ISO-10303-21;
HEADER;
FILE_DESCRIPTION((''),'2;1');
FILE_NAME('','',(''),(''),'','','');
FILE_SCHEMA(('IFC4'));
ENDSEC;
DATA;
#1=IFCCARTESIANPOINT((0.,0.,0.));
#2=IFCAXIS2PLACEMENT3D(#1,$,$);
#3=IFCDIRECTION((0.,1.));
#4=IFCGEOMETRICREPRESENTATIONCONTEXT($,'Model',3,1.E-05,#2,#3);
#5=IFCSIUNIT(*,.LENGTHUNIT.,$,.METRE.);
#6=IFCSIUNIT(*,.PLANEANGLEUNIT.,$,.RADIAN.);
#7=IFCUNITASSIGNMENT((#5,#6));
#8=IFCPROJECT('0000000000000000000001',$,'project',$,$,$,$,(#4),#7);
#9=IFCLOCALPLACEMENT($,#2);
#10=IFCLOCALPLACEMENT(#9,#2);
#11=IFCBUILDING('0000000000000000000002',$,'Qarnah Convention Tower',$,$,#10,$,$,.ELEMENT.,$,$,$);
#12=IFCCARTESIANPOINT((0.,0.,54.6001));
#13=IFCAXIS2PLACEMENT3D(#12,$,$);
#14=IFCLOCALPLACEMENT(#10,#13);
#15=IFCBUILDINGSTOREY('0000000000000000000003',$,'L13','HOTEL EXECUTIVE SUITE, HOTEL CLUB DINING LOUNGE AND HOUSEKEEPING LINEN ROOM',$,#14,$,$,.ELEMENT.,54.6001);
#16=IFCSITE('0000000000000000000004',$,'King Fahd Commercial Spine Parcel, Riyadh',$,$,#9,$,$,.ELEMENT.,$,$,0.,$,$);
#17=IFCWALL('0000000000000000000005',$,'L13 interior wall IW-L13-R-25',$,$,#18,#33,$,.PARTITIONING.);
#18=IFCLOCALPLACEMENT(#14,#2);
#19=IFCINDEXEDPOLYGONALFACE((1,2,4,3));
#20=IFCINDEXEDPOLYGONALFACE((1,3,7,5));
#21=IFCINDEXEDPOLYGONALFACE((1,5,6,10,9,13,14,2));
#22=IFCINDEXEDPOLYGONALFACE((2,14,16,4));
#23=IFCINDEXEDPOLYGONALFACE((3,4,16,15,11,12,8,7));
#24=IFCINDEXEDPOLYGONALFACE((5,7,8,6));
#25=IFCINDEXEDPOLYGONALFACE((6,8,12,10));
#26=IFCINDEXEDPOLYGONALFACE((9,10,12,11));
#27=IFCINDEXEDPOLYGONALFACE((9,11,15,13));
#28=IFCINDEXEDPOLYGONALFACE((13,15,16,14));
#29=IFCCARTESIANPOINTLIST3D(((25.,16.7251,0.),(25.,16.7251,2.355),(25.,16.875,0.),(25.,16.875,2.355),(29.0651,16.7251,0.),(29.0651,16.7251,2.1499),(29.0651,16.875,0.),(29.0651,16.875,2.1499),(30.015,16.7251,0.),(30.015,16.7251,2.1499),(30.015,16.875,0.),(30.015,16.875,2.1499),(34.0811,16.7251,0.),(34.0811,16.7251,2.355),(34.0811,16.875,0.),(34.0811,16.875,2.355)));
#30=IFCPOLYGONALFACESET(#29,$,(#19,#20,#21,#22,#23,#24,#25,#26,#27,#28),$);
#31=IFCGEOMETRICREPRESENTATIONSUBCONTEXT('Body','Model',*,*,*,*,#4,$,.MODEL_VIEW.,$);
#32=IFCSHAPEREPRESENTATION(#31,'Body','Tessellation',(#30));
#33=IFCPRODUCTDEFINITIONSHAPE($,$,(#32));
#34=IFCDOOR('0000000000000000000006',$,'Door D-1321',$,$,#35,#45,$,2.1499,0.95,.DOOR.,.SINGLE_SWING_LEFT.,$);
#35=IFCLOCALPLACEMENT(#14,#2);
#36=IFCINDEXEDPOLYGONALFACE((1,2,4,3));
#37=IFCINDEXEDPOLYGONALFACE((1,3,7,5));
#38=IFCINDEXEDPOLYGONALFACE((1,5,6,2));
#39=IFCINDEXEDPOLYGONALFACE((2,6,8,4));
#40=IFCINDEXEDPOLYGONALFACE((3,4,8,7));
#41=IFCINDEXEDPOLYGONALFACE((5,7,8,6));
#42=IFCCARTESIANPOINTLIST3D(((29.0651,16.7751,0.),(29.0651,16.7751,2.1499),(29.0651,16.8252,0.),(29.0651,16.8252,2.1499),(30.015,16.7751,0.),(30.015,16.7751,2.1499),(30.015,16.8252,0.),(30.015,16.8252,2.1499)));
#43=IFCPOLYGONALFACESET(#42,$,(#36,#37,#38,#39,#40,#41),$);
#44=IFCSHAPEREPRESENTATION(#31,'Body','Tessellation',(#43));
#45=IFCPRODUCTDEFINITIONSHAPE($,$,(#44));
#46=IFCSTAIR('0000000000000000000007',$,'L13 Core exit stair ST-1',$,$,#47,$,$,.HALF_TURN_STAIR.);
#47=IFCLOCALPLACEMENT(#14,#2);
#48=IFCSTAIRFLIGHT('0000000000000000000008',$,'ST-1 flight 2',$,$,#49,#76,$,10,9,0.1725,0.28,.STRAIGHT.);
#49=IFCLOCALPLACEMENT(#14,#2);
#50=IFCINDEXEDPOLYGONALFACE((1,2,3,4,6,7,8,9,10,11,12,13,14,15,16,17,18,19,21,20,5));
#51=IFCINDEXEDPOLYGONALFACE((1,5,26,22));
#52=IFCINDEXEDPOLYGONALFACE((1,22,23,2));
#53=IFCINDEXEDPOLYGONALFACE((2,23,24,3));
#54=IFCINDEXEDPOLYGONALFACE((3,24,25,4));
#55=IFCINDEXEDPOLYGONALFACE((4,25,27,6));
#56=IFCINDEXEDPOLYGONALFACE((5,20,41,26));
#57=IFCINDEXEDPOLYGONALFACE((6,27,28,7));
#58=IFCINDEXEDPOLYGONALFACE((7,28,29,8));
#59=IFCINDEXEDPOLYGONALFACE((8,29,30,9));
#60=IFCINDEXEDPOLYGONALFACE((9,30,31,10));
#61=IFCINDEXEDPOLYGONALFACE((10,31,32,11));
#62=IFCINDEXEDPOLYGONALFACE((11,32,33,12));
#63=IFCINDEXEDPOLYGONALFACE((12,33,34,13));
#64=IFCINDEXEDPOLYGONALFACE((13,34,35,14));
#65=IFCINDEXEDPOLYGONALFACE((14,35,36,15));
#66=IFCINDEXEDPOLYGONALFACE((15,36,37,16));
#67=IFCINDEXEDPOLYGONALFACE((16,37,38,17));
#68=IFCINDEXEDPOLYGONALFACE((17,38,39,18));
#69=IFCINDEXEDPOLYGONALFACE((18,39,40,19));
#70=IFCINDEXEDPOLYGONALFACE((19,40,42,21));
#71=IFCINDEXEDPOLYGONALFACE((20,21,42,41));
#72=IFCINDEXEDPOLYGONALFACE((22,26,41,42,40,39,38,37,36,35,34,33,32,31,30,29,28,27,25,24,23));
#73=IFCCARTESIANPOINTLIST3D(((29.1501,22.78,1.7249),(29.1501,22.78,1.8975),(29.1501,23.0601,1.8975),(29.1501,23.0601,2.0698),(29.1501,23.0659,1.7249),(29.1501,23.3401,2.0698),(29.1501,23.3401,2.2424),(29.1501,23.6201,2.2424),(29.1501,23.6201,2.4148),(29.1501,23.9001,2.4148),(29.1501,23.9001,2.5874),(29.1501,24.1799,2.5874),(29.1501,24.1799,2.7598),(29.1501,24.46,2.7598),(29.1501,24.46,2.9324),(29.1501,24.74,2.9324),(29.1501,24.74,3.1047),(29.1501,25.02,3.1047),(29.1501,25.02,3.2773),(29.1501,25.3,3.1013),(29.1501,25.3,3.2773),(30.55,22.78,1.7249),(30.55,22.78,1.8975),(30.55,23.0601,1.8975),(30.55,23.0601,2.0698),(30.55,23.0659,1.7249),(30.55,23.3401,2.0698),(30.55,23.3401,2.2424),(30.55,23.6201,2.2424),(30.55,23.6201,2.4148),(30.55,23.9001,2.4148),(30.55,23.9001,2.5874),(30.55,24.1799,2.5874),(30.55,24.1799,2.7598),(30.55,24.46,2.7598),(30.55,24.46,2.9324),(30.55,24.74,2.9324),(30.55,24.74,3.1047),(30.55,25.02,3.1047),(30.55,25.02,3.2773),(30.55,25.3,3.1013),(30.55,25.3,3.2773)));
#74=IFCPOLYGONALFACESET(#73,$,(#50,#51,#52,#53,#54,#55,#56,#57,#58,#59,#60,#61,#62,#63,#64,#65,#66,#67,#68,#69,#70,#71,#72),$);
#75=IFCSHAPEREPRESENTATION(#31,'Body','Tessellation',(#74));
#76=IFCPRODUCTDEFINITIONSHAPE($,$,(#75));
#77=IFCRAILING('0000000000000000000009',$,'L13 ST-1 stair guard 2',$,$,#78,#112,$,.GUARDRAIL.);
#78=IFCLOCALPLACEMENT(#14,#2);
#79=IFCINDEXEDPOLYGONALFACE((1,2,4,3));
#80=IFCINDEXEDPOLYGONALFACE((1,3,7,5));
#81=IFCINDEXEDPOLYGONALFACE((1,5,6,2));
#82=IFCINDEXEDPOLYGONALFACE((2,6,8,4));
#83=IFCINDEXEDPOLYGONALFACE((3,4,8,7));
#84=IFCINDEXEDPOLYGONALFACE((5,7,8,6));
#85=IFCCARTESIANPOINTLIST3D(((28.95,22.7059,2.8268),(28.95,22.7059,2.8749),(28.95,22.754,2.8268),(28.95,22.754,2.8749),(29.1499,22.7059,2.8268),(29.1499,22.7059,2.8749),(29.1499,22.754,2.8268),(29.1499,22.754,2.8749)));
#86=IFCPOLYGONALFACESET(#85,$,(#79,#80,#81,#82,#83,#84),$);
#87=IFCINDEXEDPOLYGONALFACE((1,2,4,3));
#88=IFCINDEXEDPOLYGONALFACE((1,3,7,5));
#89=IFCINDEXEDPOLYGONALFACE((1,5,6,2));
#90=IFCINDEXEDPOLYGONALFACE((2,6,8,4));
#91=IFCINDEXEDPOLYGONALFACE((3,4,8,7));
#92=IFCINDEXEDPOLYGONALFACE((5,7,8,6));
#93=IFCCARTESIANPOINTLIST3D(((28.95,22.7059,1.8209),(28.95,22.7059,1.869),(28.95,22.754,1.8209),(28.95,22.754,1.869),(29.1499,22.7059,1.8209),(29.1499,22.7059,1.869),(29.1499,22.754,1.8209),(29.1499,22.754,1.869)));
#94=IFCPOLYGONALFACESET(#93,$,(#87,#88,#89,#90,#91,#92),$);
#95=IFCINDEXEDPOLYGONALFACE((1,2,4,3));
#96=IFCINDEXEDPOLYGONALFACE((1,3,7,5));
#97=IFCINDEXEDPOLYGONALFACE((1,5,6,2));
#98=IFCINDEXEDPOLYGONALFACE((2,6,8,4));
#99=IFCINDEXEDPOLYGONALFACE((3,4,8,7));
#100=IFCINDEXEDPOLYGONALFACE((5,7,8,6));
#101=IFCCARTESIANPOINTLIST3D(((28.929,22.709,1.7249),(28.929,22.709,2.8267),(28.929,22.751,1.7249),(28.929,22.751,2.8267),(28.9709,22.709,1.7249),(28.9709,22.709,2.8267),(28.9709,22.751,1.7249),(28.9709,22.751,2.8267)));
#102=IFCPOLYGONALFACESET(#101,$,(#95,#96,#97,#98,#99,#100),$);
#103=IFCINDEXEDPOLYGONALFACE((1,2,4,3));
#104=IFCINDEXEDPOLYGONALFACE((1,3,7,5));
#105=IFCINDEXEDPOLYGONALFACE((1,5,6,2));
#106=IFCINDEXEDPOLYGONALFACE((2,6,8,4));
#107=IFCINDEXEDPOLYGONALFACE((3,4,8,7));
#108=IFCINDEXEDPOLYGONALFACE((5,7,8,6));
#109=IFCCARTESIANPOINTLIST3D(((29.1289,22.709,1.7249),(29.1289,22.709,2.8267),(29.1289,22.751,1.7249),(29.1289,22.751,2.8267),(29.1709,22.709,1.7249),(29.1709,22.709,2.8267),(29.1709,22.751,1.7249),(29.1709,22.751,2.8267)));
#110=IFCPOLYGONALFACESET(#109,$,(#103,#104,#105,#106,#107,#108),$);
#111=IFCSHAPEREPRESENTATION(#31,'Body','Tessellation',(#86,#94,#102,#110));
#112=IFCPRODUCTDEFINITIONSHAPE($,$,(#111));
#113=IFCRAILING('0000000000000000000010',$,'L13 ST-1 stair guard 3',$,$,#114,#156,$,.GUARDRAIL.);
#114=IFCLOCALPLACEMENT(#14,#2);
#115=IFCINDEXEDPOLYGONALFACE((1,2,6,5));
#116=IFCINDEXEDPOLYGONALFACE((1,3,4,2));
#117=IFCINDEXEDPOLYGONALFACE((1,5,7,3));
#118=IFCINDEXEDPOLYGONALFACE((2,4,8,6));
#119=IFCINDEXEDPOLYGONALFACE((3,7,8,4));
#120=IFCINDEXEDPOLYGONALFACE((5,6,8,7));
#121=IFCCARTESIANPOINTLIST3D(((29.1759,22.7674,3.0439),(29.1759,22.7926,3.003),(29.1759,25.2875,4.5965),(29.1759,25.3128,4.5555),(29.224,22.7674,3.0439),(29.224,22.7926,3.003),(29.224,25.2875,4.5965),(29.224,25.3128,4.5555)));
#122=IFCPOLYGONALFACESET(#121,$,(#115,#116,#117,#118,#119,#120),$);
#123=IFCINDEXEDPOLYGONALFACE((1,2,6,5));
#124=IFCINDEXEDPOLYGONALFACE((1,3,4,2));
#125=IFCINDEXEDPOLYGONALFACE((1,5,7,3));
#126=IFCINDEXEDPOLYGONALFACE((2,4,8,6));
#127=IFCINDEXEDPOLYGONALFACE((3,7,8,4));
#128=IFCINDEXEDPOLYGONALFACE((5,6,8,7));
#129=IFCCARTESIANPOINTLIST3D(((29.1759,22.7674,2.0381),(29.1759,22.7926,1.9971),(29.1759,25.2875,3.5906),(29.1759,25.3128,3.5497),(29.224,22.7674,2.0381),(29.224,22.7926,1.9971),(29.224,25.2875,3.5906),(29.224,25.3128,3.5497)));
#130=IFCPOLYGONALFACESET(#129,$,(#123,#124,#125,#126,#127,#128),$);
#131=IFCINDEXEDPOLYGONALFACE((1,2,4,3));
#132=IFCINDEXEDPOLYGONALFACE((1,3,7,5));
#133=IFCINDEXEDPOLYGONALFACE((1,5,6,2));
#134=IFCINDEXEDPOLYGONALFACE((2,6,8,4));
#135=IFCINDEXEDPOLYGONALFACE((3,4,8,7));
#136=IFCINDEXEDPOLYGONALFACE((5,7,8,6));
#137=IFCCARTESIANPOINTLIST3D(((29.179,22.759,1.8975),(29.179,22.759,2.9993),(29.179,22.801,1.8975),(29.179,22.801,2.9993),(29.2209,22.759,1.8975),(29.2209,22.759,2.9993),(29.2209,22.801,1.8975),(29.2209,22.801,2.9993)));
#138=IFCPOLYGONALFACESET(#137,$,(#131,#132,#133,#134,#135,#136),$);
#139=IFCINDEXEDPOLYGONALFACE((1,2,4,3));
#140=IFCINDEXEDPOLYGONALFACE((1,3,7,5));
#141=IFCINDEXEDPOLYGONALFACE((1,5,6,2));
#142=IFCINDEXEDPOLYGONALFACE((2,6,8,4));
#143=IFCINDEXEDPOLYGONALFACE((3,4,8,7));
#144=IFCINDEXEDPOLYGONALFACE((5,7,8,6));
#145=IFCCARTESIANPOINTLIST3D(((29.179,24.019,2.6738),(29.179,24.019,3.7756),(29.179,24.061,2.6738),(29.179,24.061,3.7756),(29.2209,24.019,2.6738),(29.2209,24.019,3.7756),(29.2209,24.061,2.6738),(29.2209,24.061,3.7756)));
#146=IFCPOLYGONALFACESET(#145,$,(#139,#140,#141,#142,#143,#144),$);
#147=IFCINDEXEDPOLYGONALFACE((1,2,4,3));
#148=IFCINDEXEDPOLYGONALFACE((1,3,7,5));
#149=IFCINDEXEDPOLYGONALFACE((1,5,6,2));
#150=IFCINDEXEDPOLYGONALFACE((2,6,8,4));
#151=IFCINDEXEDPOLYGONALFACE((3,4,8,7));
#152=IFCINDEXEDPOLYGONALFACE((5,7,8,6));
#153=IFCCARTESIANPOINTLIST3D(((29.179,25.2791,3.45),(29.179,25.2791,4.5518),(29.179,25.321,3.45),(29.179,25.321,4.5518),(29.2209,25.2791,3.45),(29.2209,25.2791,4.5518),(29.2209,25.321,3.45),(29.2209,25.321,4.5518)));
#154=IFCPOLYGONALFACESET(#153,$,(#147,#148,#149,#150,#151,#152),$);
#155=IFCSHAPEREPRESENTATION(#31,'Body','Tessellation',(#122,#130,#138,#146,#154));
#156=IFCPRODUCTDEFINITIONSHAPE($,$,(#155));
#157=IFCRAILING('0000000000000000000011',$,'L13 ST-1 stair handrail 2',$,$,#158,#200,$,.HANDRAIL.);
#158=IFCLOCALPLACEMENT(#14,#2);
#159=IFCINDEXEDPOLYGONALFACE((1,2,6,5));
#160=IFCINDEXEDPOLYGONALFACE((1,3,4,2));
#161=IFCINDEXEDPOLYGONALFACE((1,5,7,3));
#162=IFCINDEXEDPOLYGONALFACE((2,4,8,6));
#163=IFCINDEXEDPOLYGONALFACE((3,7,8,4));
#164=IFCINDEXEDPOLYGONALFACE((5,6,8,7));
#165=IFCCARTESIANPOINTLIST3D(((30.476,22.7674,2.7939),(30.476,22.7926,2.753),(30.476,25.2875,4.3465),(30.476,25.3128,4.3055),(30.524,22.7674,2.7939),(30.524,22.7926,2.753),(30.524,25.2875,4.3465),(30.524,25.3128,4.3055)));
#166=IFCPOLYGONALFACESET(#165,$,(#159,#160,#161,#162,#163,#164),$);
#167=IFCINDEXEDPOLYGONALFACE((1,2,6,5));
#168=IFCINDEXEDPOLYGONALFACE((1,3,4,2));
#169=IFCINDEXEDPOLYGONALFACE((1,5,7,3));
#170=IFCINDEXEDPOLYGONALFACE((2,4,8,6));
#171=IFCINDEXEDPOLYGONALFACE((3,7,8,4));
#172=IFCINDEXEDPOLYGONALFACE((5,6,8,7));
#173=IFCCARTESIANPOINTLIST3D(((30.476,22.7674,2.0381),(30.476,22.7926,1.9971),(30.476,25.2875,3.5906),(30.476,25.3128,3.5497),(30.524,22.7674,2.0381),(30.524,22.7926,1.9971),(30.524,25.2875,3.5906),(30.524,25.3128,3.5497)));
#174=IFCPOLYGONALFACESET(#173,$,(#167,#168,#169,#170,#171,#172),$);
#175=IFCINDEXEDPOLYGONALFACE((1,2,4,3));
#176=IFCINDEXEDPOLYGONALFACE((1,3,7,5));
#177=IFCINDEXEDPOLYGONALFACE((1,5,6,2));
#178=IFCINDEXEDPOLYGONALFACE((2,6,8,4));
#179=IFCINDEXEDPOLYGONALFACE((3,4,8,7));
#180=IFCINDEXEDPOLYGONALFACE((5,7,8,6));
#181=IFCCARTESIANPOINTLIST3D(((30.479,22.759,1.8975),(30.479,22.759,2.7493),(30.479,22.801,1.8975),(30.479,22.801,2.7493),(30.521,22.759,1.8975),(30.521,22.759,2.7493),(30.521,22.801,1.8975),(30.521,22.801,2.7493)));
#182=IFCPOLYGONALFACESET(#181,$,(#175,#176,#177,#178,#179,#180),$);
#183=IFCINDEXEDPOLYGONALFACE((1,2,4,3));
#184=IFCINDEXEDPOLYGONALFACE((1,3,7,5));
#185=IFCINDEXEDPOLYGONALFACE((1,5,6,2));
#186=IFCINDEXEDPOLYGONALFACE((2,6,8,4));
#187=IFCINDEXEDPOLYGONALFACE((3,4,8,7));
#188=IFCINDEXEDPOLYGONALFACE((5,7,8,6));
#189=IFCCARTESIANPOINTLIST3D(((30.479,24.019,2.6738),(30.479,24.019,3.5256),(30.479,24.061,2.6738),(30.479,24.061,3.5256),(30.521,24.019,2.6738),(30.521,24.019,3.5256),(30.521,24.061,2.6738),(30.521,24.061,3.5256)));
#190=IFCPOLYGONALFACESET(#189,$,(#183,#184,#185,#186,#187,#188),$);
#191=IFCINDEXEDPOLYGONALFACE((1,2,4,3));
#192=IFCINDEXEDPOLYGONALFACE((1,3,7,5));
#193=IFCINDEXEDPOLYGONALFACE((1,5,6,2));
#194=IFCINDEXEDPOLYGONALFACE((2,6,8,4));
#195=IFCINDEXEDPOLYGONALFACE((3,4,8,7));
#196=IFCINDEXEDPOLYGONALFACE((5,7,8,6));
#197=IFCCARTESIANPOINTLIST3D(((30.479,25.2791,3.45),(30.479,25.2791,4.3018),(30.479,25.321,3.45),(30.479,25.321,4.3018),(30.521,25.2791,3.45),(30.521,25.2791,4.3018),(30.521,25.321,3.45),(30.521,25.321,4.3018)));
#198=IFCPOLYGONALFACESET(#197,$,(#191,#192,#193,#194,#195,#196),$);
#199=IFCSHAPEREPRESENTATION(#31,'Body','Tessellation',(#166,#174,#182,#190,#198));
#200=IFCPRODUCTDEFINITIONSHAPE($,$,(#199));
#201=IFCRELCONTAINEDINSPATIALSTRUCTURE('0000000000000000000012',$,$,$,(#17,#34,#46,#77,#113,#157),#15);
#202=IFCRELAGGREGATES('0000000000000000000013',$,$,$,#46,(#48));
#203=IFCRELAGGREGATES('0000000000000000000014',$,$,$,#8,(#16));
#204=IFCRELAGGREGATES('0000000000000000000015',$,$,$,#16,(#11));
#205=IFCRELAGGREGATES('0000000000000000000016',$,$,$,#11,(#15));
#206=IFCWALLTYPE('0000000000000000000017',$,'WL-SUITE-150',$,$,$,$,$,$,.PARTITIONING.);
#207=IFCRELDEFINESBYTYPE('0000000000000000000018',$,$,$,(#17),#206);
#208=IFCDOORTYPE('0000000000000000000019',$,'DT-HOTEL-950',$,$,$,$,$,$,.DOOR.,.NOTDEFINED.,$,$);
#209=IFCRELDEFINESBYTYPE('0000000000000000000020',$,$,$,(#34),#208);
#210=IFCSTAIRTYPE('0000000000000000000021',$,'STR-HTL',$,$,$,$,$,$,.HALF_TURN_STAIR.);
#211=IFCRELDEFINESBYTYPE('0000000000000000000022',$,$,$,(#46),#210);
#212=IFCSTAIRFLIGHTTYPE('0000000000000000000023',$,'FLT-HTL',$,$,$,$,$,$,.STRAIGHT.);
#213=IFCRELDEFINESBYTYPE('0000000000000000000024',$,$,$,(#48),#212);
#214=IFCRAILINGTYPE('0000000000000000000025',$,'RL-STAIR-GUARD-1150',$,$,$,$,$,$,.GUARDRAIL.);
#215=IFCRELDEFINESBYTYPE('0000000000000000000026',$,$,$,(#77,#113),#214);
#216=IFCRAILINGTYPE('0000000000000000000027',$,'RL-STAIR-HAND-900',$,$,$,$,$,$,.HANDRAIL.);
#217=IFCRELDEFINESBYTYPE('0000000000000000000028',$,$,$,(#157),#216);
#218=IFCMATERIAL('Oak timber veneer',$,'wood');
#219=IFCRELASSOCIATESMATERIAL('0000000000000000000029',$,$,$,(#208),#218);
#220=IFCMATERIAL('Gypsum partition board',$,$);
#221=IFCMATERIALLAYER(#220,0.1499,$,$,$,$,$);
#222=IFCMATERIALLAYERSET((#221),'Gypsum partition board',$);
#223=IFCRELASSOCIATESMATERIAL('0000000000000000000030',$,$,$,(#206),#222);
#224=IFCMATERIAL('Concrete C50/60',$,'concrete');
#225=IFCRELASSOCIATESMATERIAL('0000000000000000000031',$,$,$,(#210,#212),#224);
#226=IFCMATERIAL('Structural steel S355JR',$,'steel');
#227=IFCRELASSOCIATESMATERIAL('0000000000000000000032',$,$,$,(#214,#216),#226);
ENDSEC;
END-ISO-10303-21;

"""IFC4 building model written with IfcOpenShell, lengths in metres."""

from ifc_helpers import new_model, si_unit, direction, frame, frame_2d, origin, origin_2d, place, context, subcontext, project, spatial, polyline, rectangle, outline, extrude, material, layer, layer_set, type_object, element, fill, aggregate, save


model = new_model("IFC4")

# Units and contexts
model_context = context("Model", 3, precision=1e-05, world=origin(), true_north=direction((0.0, 1.0)))
body_context = subcontext(model_context, "Body", "Model", "MODEL_VIEW")
ifc_project = project(units=[si_unit("LENGTHUNIT", "METRE"), si_unit("PLANEANGLEUNIT", "RADIAN")], contexts=[model_context])

# Site, building, storey
site_placement = place(None, origin())
site = spatial("IfcSite", under=ifc_project, at=site_placement, Name="King Fahd Commercial Spine Parcel, Riyadh", CompositionType="ELEMENT", RefElevation=0.0)
building_placement = place(site_placement, origin())
building = spatial("IfcBuilding", under=site, at=building_placement, Name="Qarnah Convention Tower", CompositionType="ELEMENT")
storey_placement = place(building_placement, frame((0.0, 0.0, 54.6001)))
storey = spatial("IfcBuildingStorey", under=building, at=storey_placement, Name="L13", Description="HOTEL EXECUTIVE SUITE, HOTEL CLUB DINING LOUNGE AND HOUSEKEEPING LINEN ROOM", CompositionType="ELEMENT", Elevation=54.6001)

# Shared definitions
ifc_material_1 = material(Name="Structural steel S355JR", Category="steel")

# Shared definitions
ifc_material_2 = material(Name="Oak timber veneer", Category="wood")
door_type_1 = type_object("IfcDoorType", Name="DT-HOTEL-950", OperationType="NOTDEFINED", PredefinedType="DOOR", material=ifc_material_2)

# Shared definitions
ifc_material_3 = material(Name="Gypsum partition board")
ifc_layer_1 = layer(ifc_material_3, 0.1499)
ifc_layer_set_1 = layer_set([ifc_layer_1], Name="Gypsum partition board")
wall_type_1 = type_object("IfcWallType", Name="WL-SUITE-150", PredefinedType="PARTITIONING", material=ifc_layer_set_1)

# Wall, opening, door
wall_1_placement = place(storey_placement, frame((34.0811, 16.8, 0.0), z_axis=(0.0, 0.0, 1.0), x_axis=(-1.0, 0.0, 0.0)))
wall_1 = element("IfcWall", 1, at=wall_1_placement, inside=storey, type_object=wall_type_1, Name="L13 interior wall IW-L13-R-25", PredefinedType="PARTITIONING", context=body_context, shape_type="SweptSolid", body=[
    extrude(rectangle(XDim=9.0811, YDim=0.1499, at=frame_2d((4.5405, 0.0))), origin(), (0.0, 0.0, 1.0), 2.355),
])
opening_1_placement = place(wall_1_placement, frame((4.0659, 0.0, 0.0)))
opening_1 = element("IfcOpeningElement", 2, at=opening_1_placement, cuts=wall_1, PredefinedType="OPENING", context=body_context, shape_type="SweptSolid", body=[
    extrude(rectangle(XDim=0.95, YDim=2.1499, at=frame_2d((0.4751, 1.075))), frame((0.0, 0.085, 0.0), z_axis=(0.0, -1.0, 0.0), x_axis=(1.0, 0.0, 0.0)), (0.0, 0.0, 1.0), 0.1699),
])
door_1_placement = place(opening_1_placement, origin())
door_1 = element("IfcDoor", 3, at=door_1_placement, inside=storey, type_object=door_type_1, Name="Door D-1321", OperationType="SINGLE_SWING_LEFT", OverallHeight=2.1499, OverallWidth=0.95, PredefinedType="DOOR", context=body_context, shape_type="SweptSolid", body=[
    extrude(rectangle(XDim=0.95, YDim=2.1499, at=frame_2d((0.4751, 1.075))), frame((0.0, 0.0249, 0.0), z_axis=(0.0, -1.0, 0.0), x_axis=(1.0, 0.0, 0.0)), (0.0, 0.0, 1.0), 0.05),
])
fill(opening_1, door_1)

# Stair, stair flight
ifc_material_4 = material(Name="Concrete C50/60", Category="concrete")
stair_type = type_object("IfcStairType", Name="STR-HTL", PredefinedType="HALF_TURN_STAIR", material=ifc_material_4)
stair_placement = place(storey_placement, origin())
stair = element("IfcStair", 4, at=stair_placement, inside=storey, type_object=stair_type, Name="L13 Core exit stair ST-1", PredefinedType="HALF_TURN_STAIR")
stair_flight_type = type_object("IfcStairFlightType", Name="FLT-HTL", PredefinedType="STRAIGHT", material=ifc_material_4)
stair_flight_placement = place(storey_placement, frame((29.8501, 22.78, 1.7249), z_axis=(0.0, 0.0, 1.0), x_axis=(0.0, 1.0, 0.0)))
stair_flight = element("IfcStairFlight", 5, at=stair_flight_placement, type_object=stair_flight_type, Name="ST-1 flight 2", NumberOfRisers=10, NumberOfTreads=9, PredefinedType="STRAIGHT", RiserHeight=0.1725, TreadLength=0.28, context=body_context, shape_type="SweptSolid", body=[
    extrude(outline(polyline([(0.0, 0.0), (0.0, 0.1726), (0.28, 0.1726), (0.28, 0.345), (0.5601, 0.345), (0.5601, 0.5176), (0.8401, 0.5176), (0.8401, 0.6899), (1.1201, 0.6899), (1.1201, 0.8625), (1.3999, 0.8625), (1.3999, 1.0349), (1.6799, 1.0349), (1.6799, 1.2075), (1.96, 1.2075), (1.96, 1.3799), (2.24, 1.3799), (2.24, 1.5525), (2.52, 1.5525), (2.52, 1.7251), (2.52, 1.3765), (0.2859, 0.0), (0.0, 0.0)])), frame((0.0, 0.7, 0.0), z_axis=(0.0, -1.0, 0.0), x_axis=(1.0, 0.0, 0.0)), (0.0, 0.0, 1.0), 1.3999),
])
aggregate(stair, [stair_flight])

# Railings
railing_type_1 = type_object("IfcRailingType", Name="RL-STAIR-GUARD-1150", PredefinedType="GUARDRAIL", material=ifc_material_1)
railing_1_placement = place(storey_placement, frame((28.95, 22.73, 1.7249)))
element("IfcRailing", 6, at=railing_1_placement, inside=storey, type_object=railing_type_1, Name="L13 ST-1 stair guard 2", PredefinedType="GUARDRAIL", context=body_context, shape_type="SweptSolid", body=[
    extrude(rectangle(XDim=0.0481, YDim=0.0481, at=origin_2d()), frame((0.0, 0.0, 1.126), z_axis=(1.0, 0.0, 0.0), x_axis=(0.0, 1.0, 0.0)), (0.0, 0.0, 1.0), 0.2),
    extrude(rectangle(XDim=0.0481, YDim=0.0481, at=origin_2d()), frame((0.0, 0.0, 0.1201), z_axis=(1.0, 0.0, 0.0), x_axis=(0.0, 1.0, 0.0)), (0.0, 0.0, 1.0), 0.2),
    extrude(rectangle(XDim=0.042, YDim=0.042, at=origin_2d()), origin(), (0.0, 0.0, 1.0), 1.1018),
    extrude(rectangle(XDim=0.042, YDim=0.042, at=origin_2d()), frame((0.2, 0.0, 0.0)), (0.0, 0.0, 1.0), 1.1018),
])
railing_2_placement = place(storey_placement, frame((29.2, 22.78, 1.8975)))
element("IfcRailing", 7, at=railing_2_placement, inside=storey, type_object=railing_type_1, Name="L13 ST-1 stair guard 3", PredefinedType="GUARDRAIL", context=body_context, shape_type="SweptSolid", body=[
    extrude(rectangle(XDim=0.0481, YDim=0.0481, at=origin_2d()), frame((0.0, 0.0, 1.126), z_axis=(0.0, 0.8514, 0.524516), x_axis=(-1.0, 0.0, 0.0)), (0.0, 0.0, 1.0), 2.96),
    extrude(rectangle(XDim=0.0481, YDim=0.0481, at=origin_2d()), frame((0.0, 0.0, 0.1201), z_axis=(0.0, 0.8514, 0.524516), x_axis=(-1.0, 0.0, 0.0)), (0.0, 0.0, 1.0), 2.96),
    extrude(rectangle(XDim=0.042, YDim=0.042, at=origin_2d()), origin(), (0.0, 0.0, 1.0), 1.1018),
    extrude(rectangle(XDim=0.042, YDim=0.042, at=origin_2d()), frame((0.0, 1.26, 0.7764)), (0.0, 0.0, 1.0), 1.1018),
    extrude(rectangle(XDim=0.042, YDim=0.042, at=origin_2d()), frame((0.0, 2.52, 1.5525)), (0.0, 0.0, 1.0), 1.1018),
])
railing_type_2 = type_object("IfcRailingType", Name="RL-STAIR-HAND-900", PredefinedType="HANDRAIL", material=ifc_material_1)
railing_3_placement = place(storey_placement, frame((30.5, 22.78, 1.8975)))
element("IfcRailing", 8, at=railing_3_placement, inside=storey, type_object=railing_type_2, Name="L13 ST-1 stair handrail 2", PredefinedType="HANDRAIL", context=body_context, shape_type="SweptSolid", body=[
    extrude(rectangle(XDim=0.0481, YDim=0.0481, at=origin_2d()), frame((0.0, 0.0, 0.876), z_axis=(0.0, 0.8514, 0.524516), x_axis=(-1.0, 0.0, 0.0)), (0.0, 0.0, 1.0), 2.96),
    extrude(rectangle(XDim=0.0481, YDim=0.0481, at=origin_2d()), frame((0.0, 0.0, 0.1201), z_axis=(0.0, 0.8514, 0.524516), x_axis=(-1.0, 0.0, 0.0)), (0.0, 0.0, 1.0), 2.96),
    extrude(rectangle(XDim=0.042, YDim=0.042, at=origin_2d()), origin(), (0.0, 0.0, 1.0), 0.8518),
    extrude(rectangle(XDim=0.042, YDim=0.042, at=origin_2d()), frame((0.0, 1.26, 0.7764)), (0.0, 0.0, 1.0), 0.8518),
    extrude(rectangle(XDim=0.042, YDim=0.042, at=origin_2d()), frame((0.0, 2.52, 1.5525)), (0.0, 0.0, 1.0), 0.8518),
])

save(model, "model.ifc")
